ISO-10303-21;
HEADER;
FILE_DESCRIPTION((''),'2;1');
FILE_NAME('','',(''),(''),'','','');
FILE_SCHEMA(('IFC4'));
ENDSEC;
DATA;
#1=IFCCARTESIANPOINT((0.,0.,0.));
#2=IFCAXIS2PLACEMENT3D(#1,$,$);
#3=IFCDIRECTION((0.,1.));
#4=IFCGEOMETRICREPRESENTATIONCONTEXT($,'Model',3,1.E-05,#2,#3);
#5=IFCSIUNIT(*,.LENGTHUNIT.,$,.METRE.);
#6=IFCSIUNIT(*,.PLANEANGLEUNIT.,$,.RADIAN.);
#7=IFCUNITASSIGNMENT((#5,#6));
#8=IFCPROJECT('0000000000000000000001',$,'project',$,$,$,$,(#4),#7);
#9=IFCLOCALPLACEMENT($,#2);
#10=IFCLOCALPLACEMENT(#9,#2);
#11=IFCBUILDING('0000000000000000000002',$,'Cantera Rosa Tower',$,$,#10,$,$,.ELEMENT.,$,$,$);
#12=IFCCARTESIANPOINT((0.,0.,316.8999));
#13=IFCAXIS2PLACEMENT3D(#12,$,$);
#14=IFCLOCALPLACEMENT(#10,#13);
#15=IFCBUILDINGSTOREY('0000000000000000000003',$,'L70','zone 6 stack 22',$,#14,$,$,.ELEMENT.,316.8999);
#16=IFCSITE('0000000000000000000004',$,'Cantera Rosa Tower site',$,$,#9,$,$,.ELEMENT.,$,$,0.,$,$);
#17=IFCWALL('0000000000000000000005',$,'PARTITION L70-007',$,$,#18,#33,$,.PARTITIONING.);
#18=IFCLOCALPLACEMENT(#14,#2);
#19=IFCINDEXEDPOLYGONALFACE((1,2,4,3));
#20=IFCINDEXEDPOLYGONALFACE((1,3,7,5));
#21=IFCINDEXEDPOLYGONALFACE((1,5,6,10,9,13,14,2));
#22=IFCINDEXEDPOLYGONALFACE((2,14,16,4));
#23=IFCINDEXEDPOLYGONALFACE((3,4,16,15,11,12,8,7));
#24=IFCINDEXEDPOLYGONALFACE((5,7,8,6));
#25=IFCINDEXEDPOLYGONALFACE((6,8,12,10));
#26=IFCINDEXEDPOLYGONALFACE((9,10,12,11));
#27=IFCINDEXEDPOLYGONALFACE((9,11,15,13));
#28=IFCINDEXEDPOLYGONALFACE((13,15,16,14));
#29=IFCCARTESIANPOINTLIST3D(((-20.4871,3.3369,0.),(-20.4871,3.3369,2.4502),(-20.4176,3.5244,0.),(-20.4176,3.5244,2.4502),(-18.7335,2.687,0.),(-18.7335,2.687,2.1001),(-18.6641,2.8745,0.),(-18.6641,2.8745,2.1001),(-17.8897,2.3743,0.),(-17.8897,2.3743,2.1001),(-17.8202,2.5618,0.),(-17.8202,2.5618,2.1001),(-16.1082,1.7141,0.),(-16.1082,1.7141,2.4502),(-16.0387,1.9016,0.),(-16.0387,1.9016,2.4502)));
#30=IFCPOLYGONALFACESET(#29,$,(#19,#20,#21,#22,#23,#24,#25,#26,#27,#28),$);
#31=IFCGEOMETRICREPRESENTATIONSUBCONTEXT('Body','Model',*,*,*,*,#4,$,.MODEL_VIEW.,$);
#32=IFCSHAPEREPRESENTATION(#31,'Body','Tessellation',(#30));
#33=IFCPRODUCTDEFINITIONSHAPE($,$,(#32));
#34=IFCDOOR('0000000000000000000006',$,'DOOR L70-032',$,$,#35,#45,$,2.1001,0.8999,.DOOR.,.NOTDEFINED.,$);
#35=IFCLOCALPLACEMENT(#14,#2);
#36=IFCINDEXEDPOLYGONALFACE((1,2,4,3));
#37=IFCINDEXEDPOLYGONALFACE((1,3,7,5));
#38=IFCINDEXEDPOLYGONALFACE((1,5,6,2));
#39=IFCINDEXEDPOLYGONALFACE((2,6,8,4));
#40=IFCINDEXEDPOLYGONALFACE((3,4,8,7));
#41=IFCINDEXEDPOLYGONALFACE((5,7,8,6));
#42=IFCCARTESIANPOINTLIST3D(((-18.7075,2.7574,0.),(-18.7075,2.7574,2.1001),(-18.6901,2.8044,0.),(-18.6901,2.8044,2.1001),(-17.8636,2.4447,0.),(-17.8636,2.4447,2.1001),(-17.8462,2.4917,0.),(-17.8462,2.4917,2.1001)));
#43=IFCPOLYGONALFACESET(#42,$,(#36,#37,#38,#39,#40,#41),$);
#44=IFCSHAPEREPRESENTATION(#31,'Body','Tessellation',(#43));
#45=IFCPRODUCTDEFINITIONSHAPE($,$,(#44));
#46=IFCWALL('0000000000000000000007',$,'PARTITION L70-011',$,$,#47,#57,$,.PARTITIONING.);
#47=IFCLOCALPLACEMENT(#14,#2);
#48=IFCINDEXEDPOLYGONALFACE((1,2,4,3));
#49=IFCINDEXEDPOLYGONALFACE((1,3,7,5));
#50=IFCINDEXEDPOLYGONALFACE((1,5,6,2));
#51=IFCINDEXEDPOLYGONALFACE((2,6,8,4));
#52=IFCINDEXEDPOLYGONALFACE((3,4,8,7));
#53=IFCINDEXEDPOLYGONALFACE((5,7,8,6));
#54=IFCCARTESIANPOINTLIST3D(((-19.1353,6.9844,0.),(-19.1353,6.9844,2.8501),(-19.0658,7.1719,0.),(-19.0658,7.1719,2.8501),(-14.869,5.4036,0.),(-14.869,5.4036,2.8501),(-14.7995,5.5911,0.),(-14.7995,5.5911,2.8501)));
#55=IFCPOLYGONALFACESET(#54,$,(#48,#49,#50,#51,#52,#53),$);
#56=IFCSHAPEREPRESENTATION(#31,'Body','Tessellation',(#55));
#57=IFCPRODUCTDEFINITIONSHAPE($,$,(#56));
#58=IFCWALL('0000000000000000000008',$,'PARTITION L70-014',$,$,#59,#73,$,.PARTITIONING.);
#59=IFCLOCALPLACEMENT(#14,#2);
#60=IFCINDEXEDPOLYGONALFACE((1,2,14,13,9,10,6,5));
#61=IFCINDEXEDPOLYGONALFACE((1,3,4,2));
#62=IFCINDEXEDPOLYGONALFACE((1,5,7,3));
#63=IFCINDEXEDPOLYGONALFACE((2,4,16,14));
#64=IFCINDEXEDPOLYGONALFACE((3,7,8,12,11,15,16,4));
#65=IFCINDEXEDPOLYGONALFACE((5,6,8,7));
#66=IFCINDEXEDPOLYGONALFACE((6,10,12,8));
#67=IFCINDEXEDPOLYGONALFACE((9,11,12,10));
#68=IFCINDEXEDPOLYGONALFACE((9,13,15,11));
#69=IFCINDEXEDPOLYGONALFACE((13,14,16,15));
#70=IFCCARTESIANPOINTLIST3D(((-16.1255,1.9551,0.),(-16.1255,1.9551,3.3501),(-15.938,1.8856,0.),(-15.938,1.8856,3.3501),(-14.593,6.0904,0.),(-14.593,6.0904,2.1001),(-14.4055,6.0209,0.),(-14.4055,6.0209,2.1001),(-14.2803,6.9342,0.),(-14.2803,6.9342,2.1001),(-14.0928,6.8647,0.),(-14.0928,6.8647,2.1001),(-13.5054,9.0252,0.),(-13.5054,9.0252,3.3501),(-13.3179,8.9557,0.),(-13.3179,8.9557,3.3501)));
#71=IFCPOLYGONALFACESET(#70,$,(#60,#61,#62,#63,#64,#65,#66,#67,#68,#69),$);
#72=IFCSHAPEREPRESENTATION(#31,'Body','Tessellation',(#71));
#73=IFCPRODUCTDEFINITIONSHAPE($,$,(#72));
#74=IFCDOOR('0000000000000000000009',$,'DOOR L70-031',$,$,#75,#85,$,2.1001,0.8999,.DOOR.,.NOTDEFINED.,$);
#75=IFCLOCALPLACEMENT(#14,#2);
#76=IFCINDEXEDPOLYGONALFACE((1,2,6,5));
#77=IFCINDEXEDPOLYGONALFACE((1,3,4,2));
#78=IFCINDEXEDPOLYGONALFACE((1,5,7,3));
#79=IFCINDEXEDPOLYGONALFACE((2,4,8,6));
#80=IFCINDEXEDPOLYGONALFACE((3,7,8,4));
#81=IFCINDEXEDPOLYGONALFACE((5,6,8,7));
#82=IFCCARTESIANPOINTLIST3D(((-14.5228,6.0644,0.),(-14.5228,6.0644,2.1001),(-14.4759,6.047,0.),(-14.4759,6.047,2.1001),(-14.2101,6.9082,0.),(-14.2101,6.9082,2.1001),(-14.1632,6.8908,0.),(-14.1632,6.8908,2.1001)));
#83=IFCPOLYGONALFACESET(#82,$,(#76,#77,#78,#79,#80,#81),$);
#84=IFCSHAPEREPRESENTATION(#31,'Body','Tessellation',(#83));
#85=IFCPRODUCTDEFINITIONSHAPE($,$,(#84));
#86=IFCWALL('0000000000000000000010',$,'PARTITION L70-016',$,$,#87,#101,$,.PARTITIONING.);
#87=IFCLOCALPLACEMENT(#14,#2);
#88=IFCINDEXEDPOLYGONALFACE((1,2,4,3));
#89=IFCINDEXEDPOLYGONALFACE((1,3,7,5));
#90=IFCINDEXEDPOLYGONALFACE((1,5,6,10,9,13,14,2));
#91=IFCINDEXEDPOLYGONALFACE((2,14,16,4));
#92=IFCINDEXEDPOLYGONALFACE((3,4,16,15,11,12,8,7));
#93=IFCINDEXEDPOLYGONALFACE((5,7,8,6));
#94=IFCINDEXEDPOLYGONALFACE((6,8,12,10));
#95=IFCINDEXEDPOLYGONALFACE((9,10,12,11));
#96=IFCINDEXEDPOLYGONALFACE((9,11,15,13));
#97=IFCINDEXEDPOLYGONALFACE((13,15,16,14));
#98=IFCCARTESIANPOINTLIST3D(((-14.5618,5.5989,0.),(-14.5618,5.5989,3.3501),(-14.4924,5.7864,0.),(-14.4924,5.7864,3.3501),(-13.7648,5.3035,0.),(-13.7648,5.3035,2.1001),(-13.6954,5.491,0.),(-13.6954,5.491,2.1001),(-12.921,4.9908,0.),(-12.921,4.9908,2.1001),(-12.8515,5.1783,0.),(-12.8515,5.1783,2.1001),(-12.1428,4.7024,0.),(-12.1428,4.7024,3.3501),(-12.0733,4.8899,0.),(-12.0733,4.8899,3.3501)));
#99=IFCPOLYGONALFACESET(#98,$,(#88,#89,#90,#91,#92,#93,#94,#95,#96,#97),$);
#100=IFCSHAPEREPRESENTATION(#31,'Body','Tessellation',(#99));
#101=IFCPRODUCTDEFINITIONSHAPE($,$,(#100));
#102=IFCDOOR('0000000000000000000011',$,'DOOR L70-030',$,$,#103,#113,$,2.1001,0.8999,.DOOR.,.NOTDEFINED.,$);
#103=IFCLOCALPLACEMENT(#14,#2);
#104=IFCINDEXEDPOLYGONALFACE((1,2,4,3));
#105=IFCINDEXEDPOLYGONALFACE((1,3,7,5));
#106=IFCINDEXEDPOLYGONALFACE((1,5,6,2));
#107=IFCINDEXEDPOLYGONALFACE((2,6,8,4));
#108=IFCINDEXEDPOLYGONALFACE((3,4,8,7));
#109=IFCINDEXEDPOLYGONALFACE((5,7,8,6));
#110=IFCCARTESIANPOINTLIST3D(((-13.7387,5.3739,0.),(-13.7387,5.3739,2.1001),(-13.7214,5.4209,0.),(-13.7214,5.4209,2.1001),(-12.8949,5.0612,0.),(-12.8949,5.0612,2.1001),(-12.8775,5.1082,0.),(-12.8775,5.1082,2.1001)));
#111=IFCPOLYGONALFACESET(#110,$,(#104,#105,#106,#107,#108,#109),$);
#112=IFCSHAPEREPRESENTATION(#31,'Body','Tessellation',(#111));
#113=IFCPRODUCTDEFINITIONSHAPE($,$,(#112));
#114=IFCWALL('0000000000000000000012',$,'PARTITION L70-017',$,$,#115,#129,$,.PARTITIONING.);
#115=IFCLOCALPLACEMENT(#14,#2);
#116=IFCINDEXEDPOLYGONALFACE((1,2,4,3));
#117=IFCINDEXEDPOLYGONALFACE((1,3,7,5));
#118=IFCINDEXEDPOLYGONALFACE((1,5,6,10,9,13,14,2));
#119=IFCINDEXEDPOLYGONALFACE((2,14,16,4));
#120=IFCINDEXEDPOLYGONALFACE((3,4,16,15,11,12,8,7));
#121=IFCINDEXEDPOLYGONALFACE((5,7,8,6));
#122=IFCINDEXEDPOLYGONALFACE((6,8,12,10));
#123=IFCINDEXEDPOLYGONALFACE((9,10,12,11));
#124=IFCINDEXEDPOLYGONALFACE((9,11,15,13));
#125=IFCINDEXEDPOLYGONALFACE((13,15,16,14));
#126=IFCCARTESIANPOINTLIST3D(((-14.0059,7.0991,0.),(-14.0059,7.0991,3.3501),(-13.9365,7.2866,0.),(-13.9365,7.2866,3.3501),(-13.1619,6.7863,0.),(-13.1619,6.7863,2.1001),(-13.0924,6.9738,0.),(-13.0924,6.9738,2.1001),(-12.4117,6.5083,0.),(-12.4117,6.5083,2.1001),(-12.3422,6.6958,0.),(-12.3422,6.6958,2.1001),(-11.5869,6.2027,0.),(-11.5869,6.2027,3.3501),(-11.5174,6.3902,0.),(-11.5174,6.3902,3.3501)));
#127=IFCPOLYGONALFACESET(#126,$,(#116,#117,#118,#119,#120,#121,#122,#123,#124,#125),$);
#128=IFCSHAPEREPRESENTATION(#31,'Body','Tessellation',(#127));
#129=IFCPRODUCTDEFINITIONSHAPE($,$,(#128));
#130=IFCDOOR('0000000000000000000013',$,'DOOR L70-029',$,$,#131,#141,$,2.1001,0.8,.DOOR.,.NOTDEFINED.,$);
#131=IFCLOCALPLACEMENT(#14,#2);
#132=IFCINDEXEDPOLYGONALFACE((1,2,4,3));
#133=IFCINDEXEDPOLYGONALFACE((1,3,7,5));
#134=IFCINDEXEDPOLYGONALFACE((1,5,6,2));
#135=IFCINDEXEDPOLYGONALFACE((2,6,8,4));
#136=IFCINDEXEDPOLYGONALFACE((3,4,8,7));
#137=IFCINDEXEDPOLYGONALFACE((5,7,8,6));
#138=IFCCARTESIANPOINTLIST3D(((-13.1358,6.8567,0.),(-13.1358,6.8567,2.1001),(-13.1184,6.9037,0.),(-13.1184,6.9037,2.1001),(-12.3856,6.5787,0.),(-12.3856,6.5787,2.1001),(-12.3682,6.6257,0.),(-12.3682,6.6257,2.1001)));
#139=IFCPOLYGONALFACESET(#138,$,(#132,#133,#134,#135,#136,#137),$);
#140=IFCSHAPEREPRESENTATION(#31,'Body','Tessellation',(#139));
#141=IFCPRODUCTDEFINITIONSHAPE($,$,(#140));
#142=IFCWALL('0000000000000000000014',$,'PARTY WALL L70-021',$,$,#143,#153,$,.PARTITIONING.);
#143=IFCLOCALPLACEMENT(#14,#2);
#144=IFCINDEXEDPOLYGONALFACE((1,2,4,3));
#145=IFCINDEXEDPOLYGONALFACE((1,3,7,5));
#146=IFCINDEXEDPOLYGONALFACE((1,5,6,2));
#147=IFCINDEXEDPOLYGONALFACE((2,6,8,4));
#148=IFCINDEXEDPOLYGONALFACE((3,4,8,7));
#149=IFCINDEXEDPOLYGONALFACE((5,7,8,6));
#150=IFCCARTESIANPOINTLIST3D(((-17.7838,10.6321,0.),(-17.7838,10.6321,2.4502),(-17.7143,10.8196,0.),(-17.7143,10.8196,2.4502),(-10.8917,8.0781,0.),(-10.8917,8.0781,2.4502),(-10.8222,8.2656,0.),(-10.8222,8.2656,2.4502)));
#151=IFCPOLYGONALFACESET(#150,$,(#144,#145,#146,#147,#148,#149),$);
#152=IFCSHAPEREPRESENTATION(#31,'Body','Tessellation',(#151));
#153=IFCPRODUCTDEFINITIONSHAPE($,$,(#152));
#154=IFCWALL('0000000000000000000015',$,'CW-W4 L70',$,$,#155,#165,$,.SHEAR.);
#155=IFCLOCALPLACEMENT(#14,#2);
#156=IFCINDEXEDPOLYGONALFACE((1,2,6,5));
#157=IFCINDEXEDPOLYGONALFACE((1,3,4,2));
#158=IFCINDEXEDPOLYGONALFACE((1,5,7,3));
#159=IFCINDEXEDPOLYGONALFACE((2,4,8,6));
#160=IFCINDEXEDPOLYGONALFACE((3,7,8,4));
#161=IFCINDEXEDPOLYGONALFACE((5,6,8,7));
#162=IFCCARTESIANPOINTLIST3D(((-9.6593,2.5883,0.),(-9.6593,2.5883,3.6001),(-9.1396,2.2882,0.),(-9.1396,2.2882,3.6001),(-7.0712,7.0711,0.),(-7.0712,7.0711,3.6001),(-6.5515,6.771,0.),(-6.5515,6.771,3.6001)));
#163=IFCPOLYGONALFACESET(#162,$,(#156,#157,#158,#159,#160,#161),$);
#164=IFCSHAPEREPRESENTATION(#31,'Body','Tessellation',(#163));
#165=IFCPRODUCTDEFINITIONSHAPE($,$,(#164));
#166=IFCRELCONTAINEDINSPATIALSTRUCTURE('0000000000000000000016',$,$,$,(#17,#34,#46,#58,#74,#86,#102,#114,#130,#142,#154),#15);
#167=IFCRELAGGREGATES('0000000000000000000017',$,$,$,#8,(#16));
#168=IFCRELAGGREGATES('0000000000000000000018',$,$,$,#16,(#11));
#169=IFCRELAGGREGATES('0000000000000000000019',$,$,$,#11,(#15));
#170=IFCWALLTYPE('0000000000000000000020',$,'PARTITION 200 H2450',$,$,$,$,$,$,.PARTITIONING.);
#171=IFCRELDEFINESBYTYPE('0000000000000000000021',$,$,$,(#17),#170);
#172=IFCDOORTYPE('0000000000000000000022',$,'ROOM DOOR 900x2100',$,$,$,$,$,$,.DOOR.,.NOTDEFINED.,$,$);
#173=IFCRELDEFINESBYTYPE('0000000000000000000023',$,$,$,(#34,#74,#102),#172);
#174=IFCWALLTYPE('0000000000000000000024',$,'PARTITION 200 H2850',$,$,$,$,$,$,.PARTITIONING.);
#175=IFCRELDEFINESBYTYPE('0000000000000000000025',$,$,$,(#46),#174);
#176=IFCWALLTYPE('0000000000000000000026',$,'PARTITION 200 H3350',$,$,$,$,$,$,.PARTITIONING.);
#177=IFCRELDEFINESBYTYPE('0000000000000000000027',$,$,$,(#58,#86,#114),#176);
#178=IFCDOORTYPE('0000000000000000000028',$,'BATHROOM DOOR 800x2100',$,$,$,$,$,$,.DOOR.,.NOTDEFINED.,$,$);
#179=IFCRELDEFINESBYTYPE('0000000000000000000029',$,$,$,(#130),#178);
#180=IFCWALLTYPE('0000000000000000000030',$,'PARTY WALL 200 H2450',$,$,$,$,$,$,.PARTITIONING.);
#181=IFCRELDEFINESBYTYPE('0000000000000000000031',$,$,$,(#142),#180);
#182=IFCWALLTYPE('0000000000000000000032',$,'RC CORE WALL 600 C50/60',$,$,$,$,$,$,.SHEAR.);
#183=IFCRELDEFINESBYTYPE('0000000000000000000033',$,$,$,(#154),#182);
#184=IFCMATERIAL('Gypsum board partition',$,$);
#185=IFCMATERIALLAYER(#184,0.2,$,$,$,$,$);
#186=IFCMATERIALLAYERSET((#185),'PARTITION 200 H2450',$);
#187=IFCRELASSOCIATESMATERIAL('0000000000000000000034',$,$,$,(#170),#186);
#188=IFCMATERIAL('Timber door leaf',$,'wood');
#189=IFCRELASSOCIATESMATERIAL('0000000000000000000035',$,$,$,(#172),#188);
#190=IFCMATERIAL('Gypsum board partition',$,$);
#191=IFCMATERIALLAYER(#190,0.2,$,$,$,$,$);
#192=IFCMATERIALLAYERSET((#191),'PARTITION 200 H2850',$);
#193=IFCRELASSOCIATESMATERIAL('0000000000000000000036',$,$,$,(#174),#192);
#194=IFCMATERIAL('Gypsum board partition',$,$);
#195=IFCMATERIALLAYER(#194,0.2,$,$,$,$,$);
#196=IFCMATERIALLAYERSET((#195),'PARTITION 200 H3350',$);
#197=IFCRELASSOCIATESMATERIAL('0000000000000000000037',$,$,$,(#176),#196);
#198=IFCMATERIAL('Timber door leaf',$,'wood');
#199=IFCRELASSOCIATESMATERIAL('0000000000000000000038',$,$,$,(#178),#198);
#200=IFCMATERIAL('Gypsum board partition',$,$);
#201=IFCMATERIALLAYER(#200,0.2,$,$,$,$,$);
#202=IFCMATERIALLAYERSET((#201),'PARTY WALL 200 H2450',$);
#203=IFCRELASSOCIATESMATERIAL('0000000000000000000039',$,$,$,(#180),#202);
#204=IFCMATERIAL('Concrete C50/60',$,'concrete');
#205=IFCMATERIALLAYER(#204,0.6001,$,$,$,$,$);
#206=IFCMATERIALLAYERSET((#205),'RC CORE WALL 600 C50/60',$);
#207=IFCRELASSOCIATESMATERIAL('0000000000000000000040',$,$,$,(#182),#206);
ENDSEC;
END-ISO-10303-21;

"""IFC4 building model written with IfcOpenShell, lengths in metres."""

from ifc_helpers import new_model, si_unit, direction, frame, frame_2d, origin, place, context, subcontext, project, spatial, rectangle, extrude, material, layer, layer_set, type_object, element, fill, save


model = new_model("IFC4")

# Units and contexts
model_context = context("Model", 3, precision=1e-05, world=origin(), true_north=direction((0.0, 1.0)))
body_context = subcontext(model_context, "Body", "Model", "MODEL_VIEW")
ifc_project = project(units=[si_unit("LENGTHUNIT", "METRE"), si_unit("PLANEANGLEUNIT", "RADIAN")], contexts=[model_context])

# Site, building, storey
site_placement = place(None, origin())
site = spatial("IfcSite", under=ifc_project, at=site_placement, Name="Cantera Rosa Tower site", CompositionType="ELEMENT", RefElevation=0.0)
building_placement = place(site_placement, origin())
building = spatial("IfcBuilding", under=site, at=building_placement, Name="Cantera Rosa Tower", CompositionType="ELEMENT")
storey_placement = place(building_placement, frame((0.0, 0.0, 316.8999)))
storey = spatial("IfcBuildingStorey", under=building, at=storey_placement, Name="L70", Description="zone 6 stack 22", CompositionType="ELEMENT", Elevation=316.8999)

# Wall, opening, door
ifc_material_1 = material(Name="Gypsum board partition")
ifc_layer_1 = layer(ifc_material_1, 0.2)
ifc_layer_set_1 = layer_set([ifc_layer_1], Name="PARTITION 200 H2450")
wall_type_1 = type_object("IfcWallType", Name="PARTITION 200 H2450", PredefinedType="PARTITIONING", material=ifc_layer_set_1)
wall_1_placement = place(storey_placement, frame((-16.0735, 1.8079, 0.0), z_axis=(0.0, 0.0, 1.0), x_axis=(-0.93768, 0.3475, 0.0)))
wall_1 = element("IfcWall", 1, at=wall_1_placement, inside=storey, type_object=wall_type_1, Name="PARTITION L70-007", PredefinedType="PARTITIONING", context=body_context, shape_type="SweptSolid", body=[
    extrude(rectangle(XDim=4.6699, YDim=0.2, at=frame_2d((2.335, 0.0))), origin(), (0.0, 0.0, 1.0), 2.4502),
])
opening_1_placement = place(wall_1_placement, frame((1.8999, 0.0, 0.0)))
opening_1 = element("IfcOpeningElement", 2, at=opening_1_placement, cuts=wall_1, PredefinedType="OPENING", context=body_context, shape_type="SweptSolid", body=[
    extrude(rectangle(XDim=0.8999, YDim=2.1001, at=frame_2d((0.45, 1.05))), frame((0.0, 0.1099, 0.0), z_axis=(0.0, -1.0, 0.0), x_axis=(1.0, 0.0, 0.0)), (0.0, 0.0, 1.0), 0.22),
])
ifc_material_2 = material(Name="Timber door leaf", Category="wood")
door_type_1 = type_object("IfcDoorType", Name="ROOM DOOR 900x2100", OperationType="NOTDEFINED", PredefinedType="DOOR", material=ifc_material_2)
door_1_placement = place(opening_1_placement, origin())
door_1 = element("IfcDoor", 3, at=door_1_placement, inside=storey, type_object=door_type_1, Name="DOOR L70-032", OperationType="NOTDEFINED", OverallHeight=2.1001, OverallWidth=0.8999, PredefinedType="DOOR", context=body_context, shape_type="SweptSolid", body=[
    extrude(rectangle(XDim=0.8999, YDim=2.1001, at=frame_2d((0.45, 1.05))), frame((0.0, 0.0249, 0.0), z_axis=(0.0, -1.0, 0.0), x_axis=(1.0, 0.0, 0.0)), (0.0, 0.0, 1.0), 0.05),
])
fill(opening_1, door_1)

# Wall
ifc_material_3 = material(Name="Gypsum board partition")
ifc_layer_2 = layer(ifc_material_3, 0.2)
ifc_layer_set_2 = layer_set([ifc_layer_2], Name="PARTITION 200 H2850")
wall_type_2 = type_object("IfcWallType", Name="PARTITION 200 H2850", PredefinedType="PARTITIONING", material=ifc_layer_set_2)
wall_2_placement = place(storey_placement, frame((-14.8342, 5.4973, 0.0), z_axis=(0.0, 0.0, 1.0), x_axis=(-0.9377, 0.347445, 0.0)))
element("IfcWall", 4, at=wall_2_placement, inside=storey, type_object=wall_type_2, Name="PARTITION L70-011", PredefinedType="PARTITIONING", context=body_context, shape_type="SweptSolid", body=[
    extrude(rectangle(XDim=4.5498, YDim=0.2, at=frame_2d((2.2749, 0.0))), origin(), (0.0, 0.0, 1.0), 2.8501),
])

# Walls, openings, doors
ifc_material_4 = material(Name="Gypsum board partition")
ifc_layer_3 = layer(ifc_material_4, 0.2)
ifc_layer_set_3 = layer_set([ifc_layer_3], Name="PARTITION 200 H3350")
wall_type_3 = type_object("IfcWallType", Name="PARTITION 200 H3350", PredefinedType="PARTITIONING", material=ifc_layer_set_3)
wall_3_placement = place(storey_placement, frame((-13.4116, 8.9905, 0.0), z_axis=(0.0, 0.0, 1.0), x_axis=(-0.347498, -0.937681, 0.0)))
wall_3 = element("IfcWall", 5, at=wall_3_placement, inside=storey, type_object=wall_type_3, Name="PARTITION L70-014", PredefinedType="PARTITIONING", context=body_context, shape_type="SweptSolid", body=[
    extrude(rectangle(XDim=7.54, YDim=0.2, at=frame_2d((3.77, 0.0))), origin(), (0.0, 0.0, 1.0), 3.3501),
])
opening_2_placement = place(wall_3_placement, frame((2.23, 0.0, 0.0)))
opening_2 = element("IfcOpeningElement", 6, at=opening_2_placement, cuts=wall_3, PredefinedType="OPENING", context=body_context, shape_type="SweptSolid", body=[
    extrude(rectangle(XDim=0.8999, YDim=2.1001, at=frame_2d((0.45, 1.05))), frame((0.0, 0.1099, 0.0), z_axis=(0.0, -1.0, 0.0), x_axis=(1.0, 0.0, 0.0)), (0.0, 0.0, 1.0), 0.22),
])
door_2_placement = place(opening_2_placement, origin())
door_2 = element("IfcDoor", 7, at=door_2_placement, inside=storey, type_object=door_type_1, Name="DOOR L70-031", OperationType="NOTDEFINED", OverallHeight=2.1001, OverallWidth=0.8999, PredefinedType="DOOR", context=body_context, shape_type="SweptSolid", body=[
    extrude(rectangle(XDim=0.8999, YDim=2.1001, at=frame_2d((0.45, 1.05))), frame((0.0, 0.0249, 0.0), z_axis=(0.0, -1.0, 0.0), x_axis=(1.0, 0.0, 0.0)), (0.0, 0.0, 1.0), 0.05),
])
fill(opening_2, door_2)
wall_4_placement = place(storey_placement, frame((-12.1079, 4.7961, 0.0), z_axis=(0.0, 0.0, 1.0), x_axis=(-0.937687, 0.347481, 0.0)))
wall_4 = element("IfcWall", 8, at=wall_4_placement, inside=storey, type_object=wall_type_3, Name="PARTITION L70-016", PredefinedType="PARTITIONING", context=body_context, shape_type="SweptSolid", body=[
    extrude(rectangle(XDim=2.5798, YDim=0.2, at=frame_2d((1.29, 0.0))), origin(), (0.0, 0.0, 1.0), 3.3501),
])
opening_3_placement = place(wall_4_placement, frame((0.8301, 0.0, 0.0)))
opening_3 = element("IfcOpeningElement", 9, at=opening_3_placement, cuts=wall_4, PredefinedType="OPENING", context=body_context, shape_type="SweptSolid", body=[
    extrude(rectangle(XDim=0.8999, YDim=2.1001, at=frame_2d((0.45, 1.05))), frame((0.0, 0.1099, 0.0), z_axis=(0.0, -1.0, 0.0), x_axis=(1.0, 0.0, 0.0)), (0.0, 0.0, 1.0), 0.22),
])
door_3_placement = place(opening_3_placement, origin())
door_3 = element("IfcDoor", 10, at=door_3_placement, inside=storey, type_object=door_type_1, Name="DOOR L70-030", OperationType="NOTDEFINED", OverallHeight=2.1001, OverallWidth=0.8999, PredefinedType="DOOR", context=body_context, shape_type="SweptSolid", body=[
    extrude(rectangle(XDim=0.8999, YDim=2.1001, at=frame_2d((0.45, 1.05))), frame((0.0, 0.0249, 0.0), z_axis=(0.0, -1.0, 0.0), x_axis=(1.0, 0.0, 0.0)), (0.0, 0.0, 1.0), 0.05),
])
fill(opening_3, door_3)
wall_5_placement = place(storey_placement, frame((-11.552, 6.2964, 0.0), z_axis=(0.0, 0.0, 1.0), x_axis=(-0.937687, 0.347481, 0.0)))
wall_5 = element("IfcWall", 11, at=wall_5_placement, inside=storey, type_object=wall_type_3, Name="PARTITION L70-017", PredefinedType="PARTITIONING", context=body_context, shape_type="SweptSolid", body=[
    extrude(rectangle(XDim=2.5798, YDim=0.2, at=frame_2d((1.29, 0.0))), origin(), (0.0, 0.0, 1.0), 3.3501),
])
opening_4_placement = place(wall_5_placement, frame((0.8799, 0.0, 0.0)))
opening_4 = element("IfcOpeningElement", 12, at=opening_4_placement, cuts=wall_5, PredefinedType="OPENING", context=body_context, shape_type="SweptSolid", body=[
    extrude(rectangle(XDim=0.8, YDim=2.1001, at=frame_2d((0.3999, 1.05))), frame((0.0, 0.1099, 0.0), z_axis=(0.0, -1.0, 0.0), x_axis=(1.0, 0.0, 0.0)), (0.0, 0.0, 1.0), 0.22),
])
ifc_material_5 = material(Name="Timber door leaf", Category="wood")
door_type_2 = type_object("IfcDoorType", Name="BATHROOM DOOR 800x2100", OperationType="NOTDEFINED", PredefinedType="DOOR", material=ifc_material_5)
door_4_placement = place(opening_4_placement, origin())
door_4 = element("IfcDoor", 13, at=door_4_placement, inside=storey, type_object=door_type_2, Name="DOOR L70-029", OperationType="NOTDEFINED", OverallHeight=2.1001, OverallWidth=0.8, PredefinedType="DOOR", context=body_context, shape_type="SweptSolid", body=[
    extrude(rectangle(XDim=0.8, YDim=2.1001, at=frame_2d((0.3999, 1.05))), frame((0.0, 0.0249, 0.0), z_axis=(0.0, -1.0, 0.0), x_axis=(1.0, 0.0, 0.0)), (0.0, 0.0, 1.0), 0.05),
])
fill(opening_4, door_4)

# Walls
ifc_material_6 = material(Name="Gypsum board partition")
ifc_layer_4 = layer(ifc_material_6, 0.2)
ifc_layer_set_4 = layer_set([ifc_layer_4], Name="PARTY WALL 200 H2450")
wall_type_4 = type_object("IfcWallType", Name="PARTY WALL 200 H2450", PredefinedType="PARTITIONING", material=ifc_layer_set_4)
wall_6_placement = place(storey_placement, frame((-10.8569, 8.1719, 0.0), z_axis=(0.0, 0.0, 1.0), x_axis=(-0.93769, 0.347473, 0.0)))
element("IfcWall", 14, at=wall_6_placement, inside=storey, type_object=wall_type_4, Name="PARTY WALL L70-021", PredefinedType="PARTITIONING", context=body_context, shape_type="SweptSolid", body=[
    extrude(rectangle(XDim=7.3501, YDim=0.2, at=frame_2d((3.675, 0.0))), origin(), (0.0, 0.0, 1.0), 2.4502),
])
ifc_material_7 = material(Name="Concrete C50/60", Category="concrete")
ifc_layer_5 = layer(ifc_material_7, 0.6001)
ifc_layer_set_5 = layer_set([ifc_layer_5], Name="RC CORE WALL 600 C50/60")
wall_type_5 = type_object("IfcWallType", Name="RC CORE WALL 600 C50/60", PredefinedType="SHEAR", material=ifc_layer_set_5)
wall_7_placement = place(storey_placement, frame((-9.3994, 2.4382, 0.0), z_axis=(0.0, 0.0, 1.0), x_axis=(0.499989, 0.866032, 0.0)))
element("IfcWall", 15, at=wall_7_placement, inside=storey, type_object=wall_type_5, Name="CW-W4 L70", PredefinedType="SHEAR", context=body_context, shape_type="SweptSolid", body=[
    extrude(rectangle(XDim=5.1763, YDim=0.6001, at=frame_2d((2.5881, 0.0))), origin(), (0.0, 0.0, 1.0), 3.6001),
])

save(model, "model.ifc")
